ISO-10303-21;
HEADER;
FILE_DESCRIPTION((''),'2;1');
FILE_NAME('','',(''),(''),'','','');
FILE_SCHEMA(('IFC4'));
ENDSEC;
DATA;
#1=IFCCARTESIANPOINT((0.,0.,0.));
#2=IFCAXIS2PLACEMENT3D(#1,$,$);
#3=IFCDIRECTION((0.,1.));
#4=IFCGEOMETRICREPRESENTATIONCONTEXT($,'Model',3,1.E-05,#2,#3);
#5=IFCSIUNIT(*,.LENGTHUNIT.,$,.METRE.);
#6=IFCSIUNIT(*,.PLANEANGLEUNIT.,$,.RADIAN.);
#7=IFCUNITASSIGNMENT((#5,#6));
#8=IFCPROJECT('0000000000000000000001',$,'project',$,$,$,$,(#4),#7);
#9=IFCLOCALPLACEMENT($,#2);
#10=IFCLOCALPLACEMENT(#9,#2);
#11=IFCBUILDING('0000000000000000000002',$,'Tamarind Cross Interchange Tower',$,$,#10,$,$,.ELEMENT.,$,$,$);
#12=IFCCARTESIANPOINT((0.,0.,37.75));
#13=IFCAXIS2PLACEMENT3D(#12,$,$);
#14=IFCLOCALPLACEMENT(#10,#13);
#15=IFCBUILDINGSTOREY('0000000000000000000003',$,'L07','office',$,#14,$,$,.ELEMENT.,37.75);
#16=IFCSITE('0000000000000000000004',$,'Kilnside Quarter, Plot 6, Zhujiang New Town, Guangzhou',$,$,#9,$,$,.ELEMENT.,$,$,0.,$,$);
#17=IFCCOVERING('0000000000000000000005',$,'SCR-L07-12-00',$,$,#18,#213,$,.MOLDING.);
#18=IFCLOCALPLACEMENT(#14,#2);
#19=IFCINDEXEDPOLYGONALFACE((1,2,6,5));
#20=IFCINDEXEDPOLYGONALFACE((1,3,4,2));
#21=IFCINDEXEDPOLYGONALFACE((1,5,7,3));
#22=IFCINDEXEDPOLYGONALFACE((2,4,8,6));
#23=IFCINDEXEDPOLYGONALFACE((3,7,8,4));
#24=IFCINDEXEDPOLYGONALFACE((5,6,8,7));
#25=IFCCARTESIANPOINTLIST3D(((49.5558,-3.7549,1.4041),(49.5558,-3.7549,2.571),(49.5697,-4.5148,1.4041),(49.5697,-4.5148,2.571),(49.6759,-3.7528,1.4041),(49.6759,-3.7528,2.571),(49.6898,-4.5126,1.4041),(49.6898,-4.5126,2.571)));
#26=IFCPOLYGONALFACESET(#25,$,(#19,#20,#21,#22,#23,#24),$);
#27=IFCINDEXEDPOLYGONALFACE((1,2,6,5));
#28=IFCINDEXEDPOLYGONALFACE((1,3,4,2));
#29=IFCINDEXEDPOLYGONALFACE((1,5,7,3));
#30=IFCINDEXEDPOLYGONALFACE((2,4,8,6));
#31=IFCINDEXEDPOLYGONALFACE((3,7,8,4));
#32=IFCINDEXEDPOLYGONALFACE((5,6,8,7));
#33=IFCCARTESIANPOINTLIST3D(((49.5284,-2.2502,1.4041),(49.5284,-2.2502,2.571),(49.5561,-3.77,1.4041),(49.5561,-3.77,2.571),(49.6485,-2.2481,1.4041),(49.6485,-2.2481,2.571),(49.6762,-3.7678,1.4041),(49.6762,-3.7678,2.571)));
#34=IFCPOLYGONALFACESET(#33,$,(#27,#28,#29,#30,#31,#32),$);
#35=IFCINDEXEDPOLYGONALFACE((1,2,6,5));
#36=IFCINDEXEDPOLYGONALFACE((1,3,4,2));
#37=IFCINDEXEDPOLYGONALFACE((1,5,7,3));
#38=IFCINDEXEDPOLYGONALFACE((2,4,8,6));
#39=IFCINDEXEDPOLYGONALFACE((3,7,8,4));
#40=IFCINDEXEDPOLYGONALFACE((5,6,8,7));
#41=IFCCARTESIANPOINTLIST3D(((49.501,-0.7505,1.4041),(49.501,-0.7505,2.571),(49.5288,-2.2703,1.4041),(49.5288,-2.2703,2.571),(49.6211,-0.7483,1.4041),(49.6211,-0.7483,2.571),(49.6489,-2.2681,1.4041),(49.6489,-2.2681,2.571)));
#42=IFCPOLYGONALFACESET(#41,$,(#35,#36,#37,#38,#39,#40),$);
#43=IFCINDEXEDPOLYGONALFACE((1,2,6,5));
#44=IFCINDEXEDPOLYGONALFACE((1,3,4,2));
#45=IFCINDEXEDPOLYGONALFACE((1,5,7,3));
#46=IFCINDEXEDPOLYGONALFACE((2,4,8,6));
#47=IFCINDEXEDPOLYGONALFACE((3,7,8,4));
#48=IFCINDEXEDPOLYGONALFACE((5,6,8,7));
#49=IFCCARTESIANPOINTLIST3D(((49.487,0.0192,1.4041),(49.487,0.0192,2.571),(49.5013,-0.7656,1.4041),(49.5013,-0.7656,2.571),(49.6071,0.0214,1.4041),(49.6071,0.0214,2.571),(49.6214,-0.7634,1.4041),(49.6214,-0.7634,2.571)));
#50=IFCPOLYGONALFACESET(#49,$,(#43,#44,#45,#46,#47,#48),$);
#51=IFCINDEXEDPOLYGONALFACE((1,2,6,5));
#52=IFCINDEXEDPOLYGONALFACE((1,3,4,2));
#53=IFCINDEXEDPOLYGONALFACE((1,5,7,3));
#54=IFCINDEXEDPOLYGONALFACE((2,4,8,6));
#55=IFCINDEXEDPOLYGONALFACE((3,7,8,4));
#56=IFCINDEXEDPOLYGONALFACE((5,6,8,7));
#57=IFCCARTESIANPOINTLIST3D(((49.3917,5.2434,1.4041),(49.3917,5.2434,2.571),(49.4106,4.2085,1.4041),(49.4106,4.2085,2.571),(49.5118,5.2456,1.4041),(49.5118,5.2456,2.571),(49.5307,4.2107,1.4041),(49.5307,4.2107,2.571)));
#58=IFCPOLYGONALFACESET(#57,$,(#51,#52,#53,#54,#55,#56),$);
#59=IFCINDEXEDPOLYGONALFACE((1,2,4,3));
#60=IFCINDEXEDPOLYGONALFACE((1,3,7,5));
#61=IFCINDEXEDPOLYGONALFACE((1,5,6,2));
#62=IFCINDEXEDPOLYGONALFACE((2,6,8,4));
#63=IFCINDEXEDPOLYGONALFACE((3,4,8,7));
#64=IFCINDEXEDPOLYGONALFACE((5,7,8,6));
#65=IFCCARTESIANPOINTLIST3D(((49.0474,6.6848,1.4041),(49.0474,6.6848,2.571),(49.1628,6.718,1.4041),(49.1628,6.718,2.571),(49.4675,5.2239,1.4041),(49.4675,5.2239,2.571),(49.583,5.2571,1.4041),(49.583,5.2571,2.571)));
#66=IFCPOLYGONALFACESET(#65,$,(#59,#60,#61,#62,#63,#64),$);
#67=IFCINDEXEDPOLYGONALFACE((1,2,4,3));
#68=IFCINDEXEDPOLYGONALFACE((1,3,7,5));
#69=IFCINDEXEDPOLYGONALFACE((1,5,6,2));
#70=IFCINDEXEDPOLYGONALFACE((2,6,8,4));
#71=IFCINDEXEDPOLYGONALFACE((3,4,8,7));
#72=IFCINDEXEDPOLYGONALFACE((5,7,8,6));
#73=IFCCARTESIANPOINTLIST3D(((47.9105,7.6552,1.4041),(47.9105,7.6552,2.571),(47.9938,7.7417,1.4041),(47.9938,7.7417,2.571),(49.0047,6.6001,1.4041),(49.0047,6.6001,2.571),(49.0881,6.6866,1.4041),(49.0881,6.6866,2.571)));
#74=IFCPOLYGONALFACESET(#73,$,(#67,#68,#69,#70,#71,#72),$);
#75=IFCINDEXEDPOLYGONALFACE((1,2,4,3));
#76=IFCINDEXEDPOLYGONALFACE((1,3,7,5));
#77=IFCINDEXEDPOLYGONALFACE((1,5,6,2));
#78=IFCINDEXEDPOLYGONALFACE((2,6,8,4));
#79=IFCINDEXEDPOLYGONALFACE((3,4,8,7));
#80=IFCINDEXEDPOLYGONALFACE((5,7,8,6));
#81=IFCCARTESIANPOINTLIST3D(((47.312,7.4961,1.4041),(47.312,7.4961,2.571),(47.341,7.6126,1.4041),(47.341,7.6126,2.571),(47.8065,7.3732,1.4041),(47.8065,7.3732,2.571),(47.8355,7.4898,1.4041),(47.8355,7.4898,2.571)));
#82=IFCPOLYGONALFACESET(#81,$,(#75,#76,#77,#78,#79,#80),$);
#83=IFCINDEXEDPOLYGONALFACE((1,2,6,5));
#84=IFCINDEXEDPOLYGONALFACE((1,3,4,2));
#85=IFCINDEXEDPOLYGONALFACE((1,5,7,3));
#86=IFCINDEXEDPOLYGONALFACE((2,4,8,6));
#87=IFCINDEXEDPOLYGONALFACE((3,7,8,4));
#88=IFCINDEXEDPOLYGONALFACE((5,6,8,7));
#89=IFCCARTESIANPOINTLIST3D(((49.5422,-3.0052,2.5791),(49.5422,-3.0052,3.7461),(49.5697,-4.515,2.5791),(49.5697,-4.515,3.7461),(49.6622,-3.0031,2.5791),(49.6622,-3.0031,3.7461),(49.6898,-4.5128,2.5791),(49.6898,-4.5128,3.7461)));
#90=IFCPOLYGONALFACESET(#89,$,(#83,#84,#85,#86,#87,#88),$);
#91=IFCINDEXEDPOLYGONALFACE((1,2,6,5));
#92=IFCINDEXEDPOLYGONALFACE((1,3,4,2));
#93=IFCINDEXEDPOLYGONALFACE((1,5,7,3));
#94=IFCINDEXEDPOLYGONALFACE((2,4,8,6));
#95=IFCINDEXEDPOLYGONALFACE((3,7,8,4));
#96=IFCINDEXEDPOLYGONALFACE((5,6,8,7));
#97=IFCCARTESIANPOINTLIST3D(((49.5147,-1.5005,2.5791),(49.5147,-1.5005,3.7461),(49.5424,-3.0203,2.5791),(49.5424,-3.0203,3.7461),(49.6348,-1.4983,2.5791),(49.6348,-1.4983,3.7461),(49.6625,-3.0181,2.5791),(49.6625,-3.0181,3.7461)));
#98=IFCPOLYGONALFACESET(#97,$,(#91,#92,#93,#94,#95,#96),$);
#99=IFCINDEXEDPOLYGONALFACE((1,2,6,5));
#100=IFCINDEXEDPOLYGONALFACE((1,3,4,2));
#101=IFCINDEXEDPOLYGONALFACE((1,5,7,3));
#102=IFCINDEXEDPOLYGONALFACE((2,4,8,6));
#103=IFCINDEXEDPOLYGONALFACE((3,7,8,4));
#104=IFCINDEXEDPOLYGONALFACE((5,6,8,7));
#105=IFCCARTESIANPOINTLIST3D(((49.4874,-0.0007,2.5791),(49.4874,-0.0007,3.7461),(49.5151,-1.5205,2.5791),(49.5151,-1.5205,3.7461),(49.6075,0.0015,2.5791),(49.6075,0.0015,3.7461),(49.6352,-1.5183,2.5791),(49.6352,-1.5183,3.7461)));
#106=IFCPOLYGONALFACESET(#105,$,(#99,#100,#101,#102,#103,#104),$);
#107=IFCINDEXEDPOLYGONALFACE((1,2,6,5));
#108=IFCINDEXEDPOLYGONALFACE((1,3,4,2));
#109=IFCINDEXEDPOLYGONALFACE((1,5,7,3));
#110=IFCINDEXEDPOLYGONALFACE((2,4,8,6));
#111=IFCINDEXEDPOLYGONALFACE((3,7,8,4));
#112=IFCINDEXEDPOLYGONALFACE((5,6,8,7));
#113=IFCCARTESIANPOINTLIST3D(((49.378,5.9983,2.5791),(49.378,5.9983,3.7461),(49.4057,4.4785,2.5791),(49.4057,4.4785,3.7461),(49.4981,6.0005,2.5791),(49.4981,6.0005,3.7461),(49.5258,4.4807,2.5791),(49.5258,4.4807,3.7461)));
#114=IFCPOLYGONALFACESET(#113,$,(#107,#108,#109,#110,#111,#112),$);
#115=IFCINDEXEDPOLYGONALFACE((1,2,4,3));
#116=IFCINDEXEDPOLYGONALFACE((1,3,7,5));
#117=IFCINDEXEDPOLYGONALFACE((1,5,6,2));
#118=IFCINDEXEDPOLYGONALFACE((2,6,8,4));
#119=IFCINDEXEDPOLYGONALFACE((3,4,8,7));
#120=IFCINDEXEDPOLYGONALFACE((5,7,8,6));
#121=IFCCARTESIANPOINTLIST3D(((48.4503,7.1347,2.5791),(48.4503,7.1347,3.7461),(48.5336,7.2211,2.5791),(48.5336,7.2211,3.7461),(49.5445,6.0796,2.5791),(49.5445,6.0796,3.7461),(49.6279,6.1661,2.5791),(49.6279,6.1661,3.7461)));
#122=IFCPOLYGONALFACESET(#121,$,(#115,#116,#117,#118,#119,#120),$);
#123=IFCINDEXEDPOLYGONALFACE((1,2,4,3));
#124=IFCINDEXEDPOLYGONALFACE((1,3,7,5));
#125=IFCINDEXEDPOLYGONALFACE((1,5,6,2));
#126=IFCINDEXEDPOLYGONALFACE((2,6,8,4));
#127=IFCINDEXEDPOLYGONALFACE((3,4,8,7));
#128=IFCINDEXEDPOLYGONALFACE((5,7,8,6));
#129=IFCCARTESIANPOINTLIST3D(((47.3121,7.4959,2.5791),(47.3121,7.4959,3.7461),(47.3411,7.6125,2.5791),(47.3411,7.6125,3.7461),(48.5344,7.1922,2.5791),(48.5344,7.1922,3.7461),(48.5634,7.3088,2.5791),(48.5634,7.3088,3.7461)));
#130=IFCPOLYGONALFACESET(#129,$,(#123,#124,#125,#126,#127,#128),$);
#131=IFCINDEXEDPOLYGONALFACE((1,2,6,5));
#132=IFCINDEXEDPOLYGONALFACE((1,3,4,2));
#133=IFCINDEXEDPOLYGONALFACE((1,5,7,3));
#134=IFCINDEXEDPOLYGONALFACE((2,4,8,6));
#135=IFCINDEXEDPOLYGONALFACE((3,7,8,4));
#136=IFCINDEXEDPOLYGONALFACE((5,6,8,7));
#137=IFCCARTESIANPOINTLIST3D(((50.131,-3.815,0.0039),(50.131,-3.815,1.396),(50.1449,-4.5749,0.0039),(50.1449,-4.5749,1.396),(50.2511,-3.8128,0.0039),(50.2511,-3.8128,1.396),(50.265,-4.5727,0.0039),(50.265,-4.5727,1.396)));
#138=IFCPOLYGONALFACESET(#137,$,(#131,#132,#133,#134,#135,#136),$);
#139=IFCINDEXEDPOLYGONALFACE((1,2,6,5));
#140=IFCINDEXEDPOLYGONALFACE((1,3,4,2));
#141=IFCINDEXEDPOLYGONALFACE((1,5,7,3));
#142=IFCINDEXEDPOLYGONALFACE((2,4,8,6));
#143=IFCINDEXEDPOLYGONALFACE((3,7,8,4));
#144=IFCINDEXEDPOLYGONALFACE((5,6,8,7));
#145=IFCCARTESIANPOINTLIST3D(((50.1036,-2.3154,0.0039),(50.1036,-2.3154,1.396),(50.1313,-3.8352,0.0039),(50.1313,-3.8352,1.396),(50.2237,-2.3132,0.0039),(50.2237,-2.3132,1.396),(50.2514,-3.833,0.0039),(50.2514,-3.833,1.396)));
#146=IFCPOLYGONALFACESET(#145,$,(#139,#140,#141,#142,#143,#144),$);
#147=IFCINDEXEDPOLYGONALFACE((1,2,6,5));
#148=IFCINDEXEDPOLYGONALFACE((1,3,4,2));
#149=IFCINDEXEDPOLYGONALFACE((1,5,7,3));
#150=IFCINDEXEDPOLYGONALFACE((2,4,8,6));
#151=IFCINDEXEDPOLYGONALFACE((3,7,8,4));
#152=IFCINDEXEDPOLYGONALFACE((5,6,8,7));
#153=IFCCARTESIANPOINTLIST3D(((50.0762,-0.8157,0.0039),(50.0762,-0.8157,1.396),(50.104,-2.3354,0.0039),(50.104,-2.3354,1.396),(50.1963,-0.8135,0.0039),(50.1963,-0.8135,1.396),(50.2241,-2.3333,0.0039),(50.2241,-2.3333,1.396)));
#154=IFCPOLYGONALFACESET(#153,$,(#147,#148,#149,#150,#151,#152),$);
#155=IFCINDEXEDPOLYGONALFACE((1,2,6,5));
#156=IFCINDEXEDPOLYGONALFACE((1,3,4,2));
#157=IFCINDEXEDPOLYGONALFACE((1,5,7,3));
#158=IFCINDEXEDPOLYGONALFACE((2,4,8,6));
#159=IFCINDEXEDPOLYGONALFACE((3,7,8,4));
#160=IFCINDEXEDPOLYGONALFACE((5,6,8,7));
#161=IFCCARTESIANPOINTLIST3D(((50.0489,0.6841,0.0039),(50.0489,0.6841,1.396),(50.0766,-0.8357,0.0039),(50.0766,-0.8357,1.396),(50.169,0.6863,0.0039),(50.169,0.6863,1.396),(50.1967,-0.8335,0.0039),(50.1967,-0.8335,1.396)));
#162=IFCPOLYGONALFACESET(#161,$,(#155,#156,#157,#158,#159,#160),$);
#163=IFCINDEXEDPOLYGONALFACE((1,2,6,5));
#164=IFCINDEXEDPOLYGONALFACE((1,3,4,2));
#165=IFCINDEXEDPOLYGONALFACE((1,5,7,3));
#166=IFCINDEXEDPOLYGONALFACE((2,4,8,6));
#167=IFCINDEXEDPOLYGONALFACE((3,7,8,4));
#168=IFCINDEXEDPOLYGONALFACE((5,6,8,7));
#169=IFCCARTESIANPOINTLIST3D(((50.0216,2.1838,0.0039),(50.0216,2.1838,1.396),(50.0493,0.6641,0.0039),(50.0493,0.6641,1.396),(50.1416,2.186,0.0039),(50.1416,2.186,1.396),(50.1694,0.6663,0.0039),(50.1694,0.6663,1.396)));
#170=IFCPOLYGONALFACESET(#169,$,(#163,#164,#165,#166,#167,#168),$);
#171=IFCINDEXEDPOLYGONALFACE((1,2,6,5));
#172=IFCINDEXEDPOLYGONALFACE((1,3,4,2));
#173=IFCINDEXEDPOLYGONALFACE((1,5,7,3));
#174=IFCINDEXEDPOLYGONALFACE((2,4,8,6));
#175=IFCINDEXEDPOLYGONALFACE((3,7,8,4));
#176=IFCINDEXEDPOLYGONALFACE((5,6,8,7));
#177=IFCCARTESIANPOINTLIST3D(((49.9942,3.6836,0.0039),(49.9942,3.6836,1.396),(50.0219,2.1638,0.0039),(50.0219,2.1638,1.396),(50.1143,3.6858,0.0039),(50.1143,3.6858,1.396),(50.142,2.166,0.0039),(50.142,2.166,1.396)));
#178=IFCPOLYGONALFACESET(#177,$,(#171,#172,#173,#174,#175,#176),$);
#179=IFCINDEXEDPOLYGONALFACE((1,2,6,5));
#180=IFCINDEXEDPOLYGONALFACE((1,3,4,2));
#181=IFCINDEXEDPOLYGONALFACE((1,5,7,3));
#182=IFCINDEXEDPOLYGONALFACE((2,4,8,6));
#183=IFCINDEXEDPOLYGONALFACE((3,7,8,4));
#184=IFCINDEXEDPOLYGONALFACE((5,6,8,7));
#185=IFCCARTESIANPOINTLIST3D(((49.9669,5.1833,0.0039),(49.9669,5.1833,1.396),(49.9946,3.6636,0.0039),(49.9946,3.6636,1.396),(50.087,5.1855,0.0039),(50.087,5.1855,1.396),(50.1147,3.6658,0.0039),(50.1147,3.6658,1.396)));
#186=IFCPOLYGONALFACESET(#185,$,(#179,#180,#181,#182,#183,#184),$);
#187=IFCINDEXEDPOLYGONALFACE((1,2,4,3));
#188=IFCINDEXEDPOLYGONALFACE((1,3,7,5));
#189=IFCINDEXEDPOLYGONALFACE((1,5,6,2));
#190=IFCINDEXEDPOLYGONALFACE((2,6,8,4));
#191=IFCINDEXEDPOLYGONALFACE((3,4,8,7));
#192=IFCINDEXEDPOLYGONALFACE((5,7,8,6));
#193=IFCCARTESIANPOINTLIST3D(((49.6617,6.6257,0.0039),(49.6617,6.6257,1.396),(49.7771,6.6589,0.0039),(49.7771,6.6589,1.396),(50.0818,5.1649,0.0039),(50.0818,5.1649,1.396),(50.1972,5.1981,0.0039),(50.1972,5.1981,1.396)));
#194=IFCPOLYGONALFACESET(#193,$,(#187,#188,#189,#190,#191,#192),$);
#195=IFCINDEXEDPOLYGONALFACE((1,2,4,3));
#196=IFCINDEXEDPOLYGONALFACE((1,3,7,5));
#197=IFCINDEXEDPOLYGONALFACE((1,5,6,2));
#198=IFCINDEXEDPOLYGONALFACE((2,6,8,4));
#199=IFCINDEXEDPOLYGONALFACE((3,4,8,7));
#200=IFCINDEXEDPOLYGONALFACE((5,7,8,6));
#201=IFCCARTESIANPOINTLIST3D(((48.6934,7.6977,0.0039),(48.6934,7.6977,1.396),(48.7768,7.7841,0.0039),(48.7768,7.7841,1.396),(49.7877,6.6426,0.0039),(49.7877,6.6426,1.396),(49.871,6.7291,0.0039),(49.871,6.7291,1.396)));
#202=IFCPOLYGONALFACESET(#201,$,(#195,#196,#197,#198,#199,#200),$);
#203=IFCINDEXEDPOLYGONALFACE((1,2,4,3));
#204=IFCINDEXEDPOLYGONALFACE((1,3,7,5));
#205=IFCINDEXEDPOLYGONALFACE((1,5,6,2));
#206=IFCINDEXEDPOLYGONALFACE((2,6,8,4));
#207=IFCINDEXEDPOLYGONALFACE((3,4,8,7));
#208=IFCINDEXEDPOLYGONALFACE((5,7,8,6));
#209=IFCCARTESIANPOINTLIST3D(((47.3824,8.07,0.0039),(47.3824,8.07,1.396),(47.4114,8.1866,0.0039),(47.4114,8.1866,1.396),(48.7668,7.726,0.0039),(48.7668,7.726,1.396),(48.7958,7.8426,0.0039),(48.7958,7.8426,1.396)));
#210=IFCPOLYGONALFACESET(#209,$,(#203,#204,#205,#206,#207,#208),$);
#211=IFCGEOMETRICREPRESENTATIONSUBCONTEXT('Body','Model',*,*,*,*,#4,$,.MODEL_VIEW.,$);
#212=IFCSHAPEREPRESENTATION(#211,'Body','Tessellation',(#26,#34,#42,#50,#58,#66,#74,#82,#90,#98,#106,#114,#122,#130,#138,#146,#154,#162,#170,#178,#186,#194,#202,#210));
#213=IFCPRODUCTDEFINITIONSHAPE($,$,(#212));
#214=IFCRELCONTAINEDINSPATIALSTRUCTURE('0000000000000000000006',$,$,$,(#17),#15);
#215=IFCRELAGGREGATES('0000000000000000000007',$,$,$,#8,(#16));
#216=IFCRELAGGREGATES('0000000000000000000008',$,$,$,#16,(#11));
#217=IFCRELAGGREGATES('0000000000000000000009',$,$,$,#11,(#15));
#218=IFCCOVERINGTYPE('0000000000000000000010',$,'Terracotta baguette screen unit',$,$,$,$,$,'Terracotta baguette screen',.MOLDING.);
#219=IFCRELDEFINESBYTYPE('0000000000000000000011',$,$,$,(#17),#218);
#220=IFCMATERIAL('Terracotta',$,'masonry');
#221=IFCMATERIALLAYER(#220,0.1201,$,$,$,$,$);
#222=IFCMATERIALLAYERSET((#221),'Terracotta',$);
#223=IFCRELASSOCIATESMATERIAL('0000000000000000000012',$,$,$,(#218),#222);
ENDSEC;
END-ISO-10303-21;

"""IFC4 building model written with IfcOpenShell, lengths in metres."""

from ifc_helpers import new_model, si_unit, direction, frame, origin, origin_2d, place, context, subcontext, project, spatial, rectangle, extrude, material, layer, layer_set, type_object, element, save


model = new_model("IFC4")

# Units and contexts
model_context = context("Model", 3, precision=1e-05, world=origin(), true_north=direction((0.0, 1.0)))
body_context = subcontext(model_context, "Body", "Model", "MODEL_VIEW")
ifc_project = project(units=[si_unit("LENGTHUNIT", "METRE"), si_unit("PLANEANGLEUNIT", "RADIAN")], contexts=[model_context])

# Site, building, storey
site_placement = place(None, origin())
site = spatial("IfcSite", under=ifc_project, at=site_placement, Name="Kilnside Quarter, Plot 6, Zhujiang New Town, Guangzhou", CompositionType="ELEMENT", RefElevation=0.0)
building_placement = place(site_placement, origin())
building = spatial("IfcBuilding", under=site, at=building_placement, Name="Tamarind Cross Interchange Tower", CompositionType="ELEMENT")
storey_placement = place(building_placement, frame((0.0, 0.0, 37.75)))
storey = spatial("IfcBuildingStorey", under=building, at=storey_placement, Name="L07", Description="office", CompositionType="ELEMENT", Elevation=37.75)

# Covering
ifc_material_1 = material(Name="Terracotta", Category="masonry")
ifc_layer_1 = layer(ifc_material_1, 0.1201)
ifc_layer_set_1 = layer_set([ifc_layer_1], Name="Terracotta")
covering_type = type_object("IfcCoveringType", Name="Terracotta baguette screen unit", ElementType="Terracotta baguette screen", PredefinedType="MOLDING", material=ifc_layer_set_1)
covering_1_placement = place(storey_placement, origin())
element("IfcCovering", 1, at=covering_1_placement, inside=storey, type_object=covering_type, Name="SCR-L07-12-00", PredefinedType="MOLDING", context=body_context, shape_type="SweptSolid", body=[
    extrude(rectangle(XDim=0.76, YDim=0.1201, at=origin_2d()), frame((49.6228, -4.1338, 1.4041), z_axis=(0.0, 0.0, 1.0), x_axis=(-0.018234, 0.999834, 0.0)), (0.0, 0.0, 1.0), 1.167),
    extrude(rectangle(XDim=1.52, YDim=0.1201, at=origin_2d()), frame((49.6023, -3.009, 1.4041), z_axis=(0.0, 0.0, 1.0), x_axis=(-0.018234, 0.999834, 0.0)), (0.0, 0.0, 1.0), 1.167),
    extrude(rectangle(XDim=1.52, YDim=0.1201, at=origin_2d()), frame((49.575, -1.5093, 1.4041), z_axis=(0.0, 0.0, 1.0), x_axis=(-0.018234, 0.999834, 0.0)), (0.0, 0.0, 1.0), 1.167),
    extrude(rectangle(XDim=0.7849, YDim=0.1201, at=origin_2d()), frame((49.5542, -0.3721, 1.4041), z_axis=(0.0, 0.0, 1.0), x_axis=(-0.018234, 0.999834, 0.0)), (0.0, 0.0, 1.0), 1.167),
    extrude(rectangle(XDim=1.0352, YDim=0.1201, at=origin_2d()), frame((49.4612, 4.7271, 1.4041), z_axis=(0.0, 0.0, 1.0), x_axis=(-0.018234, 0.999834, 0.0)), (0.0, 0.0, 1.0), 1.167),
    extrude(rectangle(XDim=1.52, YDim=0.1201, at=origin_2d()), frame((49.3152, 5.9709, 1.4041), z_axis=(0.0, 0.0, 1.0), x_axis=(-0.276389, 0.961046, 0.0)), (0.0, 0.0, 1.0), 1.167),
    extrude(rectangle(XDim=1.52, YDim=0.1201, at=origin_2d()), frame((48.4993, 7.1709, 1.4041), z_axis=(0.0, 0.0, 1.0), x_axis=(-0.719883, 0.694096, 0.0)), (0.0, 0.0, 1.0), 1.167),
    extrude(rectangle(XDim=0.5095, YDim=0.1201, at=origin_2d()), frame((47.5737, 7.4929, 1.4041), z_axis=(0.0, 0.0, 1.0), x_axis=(-0.970485, 0.241163, 0.0)), (0.0, 0.0, 1.0), 1.167),
    extrude(rectangle(XDim=1.51, YDim=0.1201, at=origin_2d()), frame((49.616, -3.759, 2.5791), z_axis=(0.0, 0.0, 1.0), x_axis=(-0.018234, 0.999834, 0.0)), (0.0, 0.0, 1.0), 1.167),
    extrude(rectangle(XDim=1.52, YDim=0.1201, at=origin_2d()), frame((49.5886, -2.2593, 2.5791), z_axis=(0.0, 0.0, 1.0), x_axis=(-0.018234, 0.999834, 0.0)), (0.0, 0.0, 1.0), 1.167),
    extrude(rectangle(XDim=1.52, YDim=0.1201, at=origin_2d()), frame((49.5613, -0.7595, 2.5791), z_axis=(0.0, 0.0, 1.0), x_axis=(-0.018234, 0.999834, 0.0)), (0.0, 0.0, 1.0), 1.167),
    extrude(rectangle(XDim=1.52, YDim=0.1201, at=origin_2d()), frame((49.4519, 5.2395, 2.5791), z_axis=(0.0, 0.0, 1.0), x_axis=(-0.018234, 0.999834, 0.0)), (0.0, 0.0, 1.0), 1.167),
    extrude(rectangle(XDim=1.52, YDim=0.1201, at=origin_2d()), frame((49.0391, 6.6504, 2.5791), z_axis=(0.0, 0.0, 1.0), x_axis=(-0.719883, 0.694096, 0.0)), (0.0, 0.0, 1.0), 1.167),
    extrude(rectangle(XDim=1.2595, YDim=0.1201, at=origin_2d()), frame((47.9377, 7.4023, 2.5791), z_axis=(0.0, 0.0, 1.0), x_axis=(-0.970485, 0.241163, 0.0)), (0.0, 0.0, 1.0), 1.167),
    extrude(rectangle(XDim=0.76, YDim=0.1201, at=origin_2d()), frame((50.198, -4.1938, 0.0039), z_axis=(0.0, 0.0, 1.0), x_axis=(-0.018234, 0.999834, 0.0)), (0.0, 0.0, 1.0), 1.3921),
    extrude(rectangle(XDim=1.52, YDim=0.1201, at=origin_2d()), frame((50.1775, -3.0742, 0.0039), z_axis=(0.0, 0.0, 1.0), x_axis=(-0.018234, 0.999834, 0.0)), (0.0, 0.0, 1.0), 1.3921),
    extrude(rectangle(XDim=1.52, YDim=0.1201, at=origin_2d()), frame((50.1501, -1.5745, 0.0039), z_axis=(0.0, 0.0, 1.0), x_axis=(-0.018234, 0.999834, 0.0)), (0.0, 0.0, 1.0), 1.3921),
    extrude(rectangle(XDim=1.52, YDim=0.1201, at=origin_2d()), frame((50.1228, -0.0747, 0.0039), z_axis=(0.0, 0.0, 1.0), x_axis=(-0.018234, 0.999834, 0.0)), (0.0, 0.0, 1.0), 1.3921),
    extrude(rectangle(XDim=1.52, YDim=0.1201, at=origin_2d()), frame((50.0955, 1.425, 0.0039), z_axis=(0.0, 0.0, 1.0), x_axis=(-0.018234, 0.999834, 0.0)), (0.0, 0.0, 1.0), 1.3921),
    extrude(rectangle(XDim=1.52, YDim=0.1201, at=origin_2d()), frame((50.0681, 2.9248, 0.0039), z_axis=(0.0, 0.0, 1.0), x_axis=(-0.018234, 0.999834, 0.0)), (0.0, 0.0, 1.0), 1.3921),
    extrude(rectangle(XDim=1.52, YDim=0.1201, at=origin_2d()), frame((50.0408, 4.4246, 0.0039), z_axis=(0.0, 0.0, 1.0), x_axis=(-0.018234, 0.999834, 0.0)), (0.0, 0.0, 1.0), 1.3921),
    extrude(rectangle(XDim=1.52, YDim=0.1201, at=origin_2d()), frame((49.9294, 5.9119, 0.0039), z_axis=(0.0, 0.0, 1.0), x_axis=(-0.276389, 0.961046, 0.0)), (0.0, 0.0, 1.0), 1.3921),
    extrude(rectangle(XDim=1.52, YDim=0.1201, at=origin_2d()), frame((49.2822, 7.2134, 0.0039), z_axis=(0.0, 0.0, 1.0), x_axis=(-0.719883, 0.694096, 0.0)), (0.0, 0.0, 1.0), 1.3921),
    extrude(rectangle(XDim=1.4265, YDim=0.1201, at=origin_2d()), frame((48.0891, 7.9563, 0.0039), z_axis=(0.0, 0.0, 1.0), x_axis=(-0.970485, 0.241163, 0.0)), (0.0, 0.0, 1.0), 1.3921),
])

save(model, "model.ifc")
